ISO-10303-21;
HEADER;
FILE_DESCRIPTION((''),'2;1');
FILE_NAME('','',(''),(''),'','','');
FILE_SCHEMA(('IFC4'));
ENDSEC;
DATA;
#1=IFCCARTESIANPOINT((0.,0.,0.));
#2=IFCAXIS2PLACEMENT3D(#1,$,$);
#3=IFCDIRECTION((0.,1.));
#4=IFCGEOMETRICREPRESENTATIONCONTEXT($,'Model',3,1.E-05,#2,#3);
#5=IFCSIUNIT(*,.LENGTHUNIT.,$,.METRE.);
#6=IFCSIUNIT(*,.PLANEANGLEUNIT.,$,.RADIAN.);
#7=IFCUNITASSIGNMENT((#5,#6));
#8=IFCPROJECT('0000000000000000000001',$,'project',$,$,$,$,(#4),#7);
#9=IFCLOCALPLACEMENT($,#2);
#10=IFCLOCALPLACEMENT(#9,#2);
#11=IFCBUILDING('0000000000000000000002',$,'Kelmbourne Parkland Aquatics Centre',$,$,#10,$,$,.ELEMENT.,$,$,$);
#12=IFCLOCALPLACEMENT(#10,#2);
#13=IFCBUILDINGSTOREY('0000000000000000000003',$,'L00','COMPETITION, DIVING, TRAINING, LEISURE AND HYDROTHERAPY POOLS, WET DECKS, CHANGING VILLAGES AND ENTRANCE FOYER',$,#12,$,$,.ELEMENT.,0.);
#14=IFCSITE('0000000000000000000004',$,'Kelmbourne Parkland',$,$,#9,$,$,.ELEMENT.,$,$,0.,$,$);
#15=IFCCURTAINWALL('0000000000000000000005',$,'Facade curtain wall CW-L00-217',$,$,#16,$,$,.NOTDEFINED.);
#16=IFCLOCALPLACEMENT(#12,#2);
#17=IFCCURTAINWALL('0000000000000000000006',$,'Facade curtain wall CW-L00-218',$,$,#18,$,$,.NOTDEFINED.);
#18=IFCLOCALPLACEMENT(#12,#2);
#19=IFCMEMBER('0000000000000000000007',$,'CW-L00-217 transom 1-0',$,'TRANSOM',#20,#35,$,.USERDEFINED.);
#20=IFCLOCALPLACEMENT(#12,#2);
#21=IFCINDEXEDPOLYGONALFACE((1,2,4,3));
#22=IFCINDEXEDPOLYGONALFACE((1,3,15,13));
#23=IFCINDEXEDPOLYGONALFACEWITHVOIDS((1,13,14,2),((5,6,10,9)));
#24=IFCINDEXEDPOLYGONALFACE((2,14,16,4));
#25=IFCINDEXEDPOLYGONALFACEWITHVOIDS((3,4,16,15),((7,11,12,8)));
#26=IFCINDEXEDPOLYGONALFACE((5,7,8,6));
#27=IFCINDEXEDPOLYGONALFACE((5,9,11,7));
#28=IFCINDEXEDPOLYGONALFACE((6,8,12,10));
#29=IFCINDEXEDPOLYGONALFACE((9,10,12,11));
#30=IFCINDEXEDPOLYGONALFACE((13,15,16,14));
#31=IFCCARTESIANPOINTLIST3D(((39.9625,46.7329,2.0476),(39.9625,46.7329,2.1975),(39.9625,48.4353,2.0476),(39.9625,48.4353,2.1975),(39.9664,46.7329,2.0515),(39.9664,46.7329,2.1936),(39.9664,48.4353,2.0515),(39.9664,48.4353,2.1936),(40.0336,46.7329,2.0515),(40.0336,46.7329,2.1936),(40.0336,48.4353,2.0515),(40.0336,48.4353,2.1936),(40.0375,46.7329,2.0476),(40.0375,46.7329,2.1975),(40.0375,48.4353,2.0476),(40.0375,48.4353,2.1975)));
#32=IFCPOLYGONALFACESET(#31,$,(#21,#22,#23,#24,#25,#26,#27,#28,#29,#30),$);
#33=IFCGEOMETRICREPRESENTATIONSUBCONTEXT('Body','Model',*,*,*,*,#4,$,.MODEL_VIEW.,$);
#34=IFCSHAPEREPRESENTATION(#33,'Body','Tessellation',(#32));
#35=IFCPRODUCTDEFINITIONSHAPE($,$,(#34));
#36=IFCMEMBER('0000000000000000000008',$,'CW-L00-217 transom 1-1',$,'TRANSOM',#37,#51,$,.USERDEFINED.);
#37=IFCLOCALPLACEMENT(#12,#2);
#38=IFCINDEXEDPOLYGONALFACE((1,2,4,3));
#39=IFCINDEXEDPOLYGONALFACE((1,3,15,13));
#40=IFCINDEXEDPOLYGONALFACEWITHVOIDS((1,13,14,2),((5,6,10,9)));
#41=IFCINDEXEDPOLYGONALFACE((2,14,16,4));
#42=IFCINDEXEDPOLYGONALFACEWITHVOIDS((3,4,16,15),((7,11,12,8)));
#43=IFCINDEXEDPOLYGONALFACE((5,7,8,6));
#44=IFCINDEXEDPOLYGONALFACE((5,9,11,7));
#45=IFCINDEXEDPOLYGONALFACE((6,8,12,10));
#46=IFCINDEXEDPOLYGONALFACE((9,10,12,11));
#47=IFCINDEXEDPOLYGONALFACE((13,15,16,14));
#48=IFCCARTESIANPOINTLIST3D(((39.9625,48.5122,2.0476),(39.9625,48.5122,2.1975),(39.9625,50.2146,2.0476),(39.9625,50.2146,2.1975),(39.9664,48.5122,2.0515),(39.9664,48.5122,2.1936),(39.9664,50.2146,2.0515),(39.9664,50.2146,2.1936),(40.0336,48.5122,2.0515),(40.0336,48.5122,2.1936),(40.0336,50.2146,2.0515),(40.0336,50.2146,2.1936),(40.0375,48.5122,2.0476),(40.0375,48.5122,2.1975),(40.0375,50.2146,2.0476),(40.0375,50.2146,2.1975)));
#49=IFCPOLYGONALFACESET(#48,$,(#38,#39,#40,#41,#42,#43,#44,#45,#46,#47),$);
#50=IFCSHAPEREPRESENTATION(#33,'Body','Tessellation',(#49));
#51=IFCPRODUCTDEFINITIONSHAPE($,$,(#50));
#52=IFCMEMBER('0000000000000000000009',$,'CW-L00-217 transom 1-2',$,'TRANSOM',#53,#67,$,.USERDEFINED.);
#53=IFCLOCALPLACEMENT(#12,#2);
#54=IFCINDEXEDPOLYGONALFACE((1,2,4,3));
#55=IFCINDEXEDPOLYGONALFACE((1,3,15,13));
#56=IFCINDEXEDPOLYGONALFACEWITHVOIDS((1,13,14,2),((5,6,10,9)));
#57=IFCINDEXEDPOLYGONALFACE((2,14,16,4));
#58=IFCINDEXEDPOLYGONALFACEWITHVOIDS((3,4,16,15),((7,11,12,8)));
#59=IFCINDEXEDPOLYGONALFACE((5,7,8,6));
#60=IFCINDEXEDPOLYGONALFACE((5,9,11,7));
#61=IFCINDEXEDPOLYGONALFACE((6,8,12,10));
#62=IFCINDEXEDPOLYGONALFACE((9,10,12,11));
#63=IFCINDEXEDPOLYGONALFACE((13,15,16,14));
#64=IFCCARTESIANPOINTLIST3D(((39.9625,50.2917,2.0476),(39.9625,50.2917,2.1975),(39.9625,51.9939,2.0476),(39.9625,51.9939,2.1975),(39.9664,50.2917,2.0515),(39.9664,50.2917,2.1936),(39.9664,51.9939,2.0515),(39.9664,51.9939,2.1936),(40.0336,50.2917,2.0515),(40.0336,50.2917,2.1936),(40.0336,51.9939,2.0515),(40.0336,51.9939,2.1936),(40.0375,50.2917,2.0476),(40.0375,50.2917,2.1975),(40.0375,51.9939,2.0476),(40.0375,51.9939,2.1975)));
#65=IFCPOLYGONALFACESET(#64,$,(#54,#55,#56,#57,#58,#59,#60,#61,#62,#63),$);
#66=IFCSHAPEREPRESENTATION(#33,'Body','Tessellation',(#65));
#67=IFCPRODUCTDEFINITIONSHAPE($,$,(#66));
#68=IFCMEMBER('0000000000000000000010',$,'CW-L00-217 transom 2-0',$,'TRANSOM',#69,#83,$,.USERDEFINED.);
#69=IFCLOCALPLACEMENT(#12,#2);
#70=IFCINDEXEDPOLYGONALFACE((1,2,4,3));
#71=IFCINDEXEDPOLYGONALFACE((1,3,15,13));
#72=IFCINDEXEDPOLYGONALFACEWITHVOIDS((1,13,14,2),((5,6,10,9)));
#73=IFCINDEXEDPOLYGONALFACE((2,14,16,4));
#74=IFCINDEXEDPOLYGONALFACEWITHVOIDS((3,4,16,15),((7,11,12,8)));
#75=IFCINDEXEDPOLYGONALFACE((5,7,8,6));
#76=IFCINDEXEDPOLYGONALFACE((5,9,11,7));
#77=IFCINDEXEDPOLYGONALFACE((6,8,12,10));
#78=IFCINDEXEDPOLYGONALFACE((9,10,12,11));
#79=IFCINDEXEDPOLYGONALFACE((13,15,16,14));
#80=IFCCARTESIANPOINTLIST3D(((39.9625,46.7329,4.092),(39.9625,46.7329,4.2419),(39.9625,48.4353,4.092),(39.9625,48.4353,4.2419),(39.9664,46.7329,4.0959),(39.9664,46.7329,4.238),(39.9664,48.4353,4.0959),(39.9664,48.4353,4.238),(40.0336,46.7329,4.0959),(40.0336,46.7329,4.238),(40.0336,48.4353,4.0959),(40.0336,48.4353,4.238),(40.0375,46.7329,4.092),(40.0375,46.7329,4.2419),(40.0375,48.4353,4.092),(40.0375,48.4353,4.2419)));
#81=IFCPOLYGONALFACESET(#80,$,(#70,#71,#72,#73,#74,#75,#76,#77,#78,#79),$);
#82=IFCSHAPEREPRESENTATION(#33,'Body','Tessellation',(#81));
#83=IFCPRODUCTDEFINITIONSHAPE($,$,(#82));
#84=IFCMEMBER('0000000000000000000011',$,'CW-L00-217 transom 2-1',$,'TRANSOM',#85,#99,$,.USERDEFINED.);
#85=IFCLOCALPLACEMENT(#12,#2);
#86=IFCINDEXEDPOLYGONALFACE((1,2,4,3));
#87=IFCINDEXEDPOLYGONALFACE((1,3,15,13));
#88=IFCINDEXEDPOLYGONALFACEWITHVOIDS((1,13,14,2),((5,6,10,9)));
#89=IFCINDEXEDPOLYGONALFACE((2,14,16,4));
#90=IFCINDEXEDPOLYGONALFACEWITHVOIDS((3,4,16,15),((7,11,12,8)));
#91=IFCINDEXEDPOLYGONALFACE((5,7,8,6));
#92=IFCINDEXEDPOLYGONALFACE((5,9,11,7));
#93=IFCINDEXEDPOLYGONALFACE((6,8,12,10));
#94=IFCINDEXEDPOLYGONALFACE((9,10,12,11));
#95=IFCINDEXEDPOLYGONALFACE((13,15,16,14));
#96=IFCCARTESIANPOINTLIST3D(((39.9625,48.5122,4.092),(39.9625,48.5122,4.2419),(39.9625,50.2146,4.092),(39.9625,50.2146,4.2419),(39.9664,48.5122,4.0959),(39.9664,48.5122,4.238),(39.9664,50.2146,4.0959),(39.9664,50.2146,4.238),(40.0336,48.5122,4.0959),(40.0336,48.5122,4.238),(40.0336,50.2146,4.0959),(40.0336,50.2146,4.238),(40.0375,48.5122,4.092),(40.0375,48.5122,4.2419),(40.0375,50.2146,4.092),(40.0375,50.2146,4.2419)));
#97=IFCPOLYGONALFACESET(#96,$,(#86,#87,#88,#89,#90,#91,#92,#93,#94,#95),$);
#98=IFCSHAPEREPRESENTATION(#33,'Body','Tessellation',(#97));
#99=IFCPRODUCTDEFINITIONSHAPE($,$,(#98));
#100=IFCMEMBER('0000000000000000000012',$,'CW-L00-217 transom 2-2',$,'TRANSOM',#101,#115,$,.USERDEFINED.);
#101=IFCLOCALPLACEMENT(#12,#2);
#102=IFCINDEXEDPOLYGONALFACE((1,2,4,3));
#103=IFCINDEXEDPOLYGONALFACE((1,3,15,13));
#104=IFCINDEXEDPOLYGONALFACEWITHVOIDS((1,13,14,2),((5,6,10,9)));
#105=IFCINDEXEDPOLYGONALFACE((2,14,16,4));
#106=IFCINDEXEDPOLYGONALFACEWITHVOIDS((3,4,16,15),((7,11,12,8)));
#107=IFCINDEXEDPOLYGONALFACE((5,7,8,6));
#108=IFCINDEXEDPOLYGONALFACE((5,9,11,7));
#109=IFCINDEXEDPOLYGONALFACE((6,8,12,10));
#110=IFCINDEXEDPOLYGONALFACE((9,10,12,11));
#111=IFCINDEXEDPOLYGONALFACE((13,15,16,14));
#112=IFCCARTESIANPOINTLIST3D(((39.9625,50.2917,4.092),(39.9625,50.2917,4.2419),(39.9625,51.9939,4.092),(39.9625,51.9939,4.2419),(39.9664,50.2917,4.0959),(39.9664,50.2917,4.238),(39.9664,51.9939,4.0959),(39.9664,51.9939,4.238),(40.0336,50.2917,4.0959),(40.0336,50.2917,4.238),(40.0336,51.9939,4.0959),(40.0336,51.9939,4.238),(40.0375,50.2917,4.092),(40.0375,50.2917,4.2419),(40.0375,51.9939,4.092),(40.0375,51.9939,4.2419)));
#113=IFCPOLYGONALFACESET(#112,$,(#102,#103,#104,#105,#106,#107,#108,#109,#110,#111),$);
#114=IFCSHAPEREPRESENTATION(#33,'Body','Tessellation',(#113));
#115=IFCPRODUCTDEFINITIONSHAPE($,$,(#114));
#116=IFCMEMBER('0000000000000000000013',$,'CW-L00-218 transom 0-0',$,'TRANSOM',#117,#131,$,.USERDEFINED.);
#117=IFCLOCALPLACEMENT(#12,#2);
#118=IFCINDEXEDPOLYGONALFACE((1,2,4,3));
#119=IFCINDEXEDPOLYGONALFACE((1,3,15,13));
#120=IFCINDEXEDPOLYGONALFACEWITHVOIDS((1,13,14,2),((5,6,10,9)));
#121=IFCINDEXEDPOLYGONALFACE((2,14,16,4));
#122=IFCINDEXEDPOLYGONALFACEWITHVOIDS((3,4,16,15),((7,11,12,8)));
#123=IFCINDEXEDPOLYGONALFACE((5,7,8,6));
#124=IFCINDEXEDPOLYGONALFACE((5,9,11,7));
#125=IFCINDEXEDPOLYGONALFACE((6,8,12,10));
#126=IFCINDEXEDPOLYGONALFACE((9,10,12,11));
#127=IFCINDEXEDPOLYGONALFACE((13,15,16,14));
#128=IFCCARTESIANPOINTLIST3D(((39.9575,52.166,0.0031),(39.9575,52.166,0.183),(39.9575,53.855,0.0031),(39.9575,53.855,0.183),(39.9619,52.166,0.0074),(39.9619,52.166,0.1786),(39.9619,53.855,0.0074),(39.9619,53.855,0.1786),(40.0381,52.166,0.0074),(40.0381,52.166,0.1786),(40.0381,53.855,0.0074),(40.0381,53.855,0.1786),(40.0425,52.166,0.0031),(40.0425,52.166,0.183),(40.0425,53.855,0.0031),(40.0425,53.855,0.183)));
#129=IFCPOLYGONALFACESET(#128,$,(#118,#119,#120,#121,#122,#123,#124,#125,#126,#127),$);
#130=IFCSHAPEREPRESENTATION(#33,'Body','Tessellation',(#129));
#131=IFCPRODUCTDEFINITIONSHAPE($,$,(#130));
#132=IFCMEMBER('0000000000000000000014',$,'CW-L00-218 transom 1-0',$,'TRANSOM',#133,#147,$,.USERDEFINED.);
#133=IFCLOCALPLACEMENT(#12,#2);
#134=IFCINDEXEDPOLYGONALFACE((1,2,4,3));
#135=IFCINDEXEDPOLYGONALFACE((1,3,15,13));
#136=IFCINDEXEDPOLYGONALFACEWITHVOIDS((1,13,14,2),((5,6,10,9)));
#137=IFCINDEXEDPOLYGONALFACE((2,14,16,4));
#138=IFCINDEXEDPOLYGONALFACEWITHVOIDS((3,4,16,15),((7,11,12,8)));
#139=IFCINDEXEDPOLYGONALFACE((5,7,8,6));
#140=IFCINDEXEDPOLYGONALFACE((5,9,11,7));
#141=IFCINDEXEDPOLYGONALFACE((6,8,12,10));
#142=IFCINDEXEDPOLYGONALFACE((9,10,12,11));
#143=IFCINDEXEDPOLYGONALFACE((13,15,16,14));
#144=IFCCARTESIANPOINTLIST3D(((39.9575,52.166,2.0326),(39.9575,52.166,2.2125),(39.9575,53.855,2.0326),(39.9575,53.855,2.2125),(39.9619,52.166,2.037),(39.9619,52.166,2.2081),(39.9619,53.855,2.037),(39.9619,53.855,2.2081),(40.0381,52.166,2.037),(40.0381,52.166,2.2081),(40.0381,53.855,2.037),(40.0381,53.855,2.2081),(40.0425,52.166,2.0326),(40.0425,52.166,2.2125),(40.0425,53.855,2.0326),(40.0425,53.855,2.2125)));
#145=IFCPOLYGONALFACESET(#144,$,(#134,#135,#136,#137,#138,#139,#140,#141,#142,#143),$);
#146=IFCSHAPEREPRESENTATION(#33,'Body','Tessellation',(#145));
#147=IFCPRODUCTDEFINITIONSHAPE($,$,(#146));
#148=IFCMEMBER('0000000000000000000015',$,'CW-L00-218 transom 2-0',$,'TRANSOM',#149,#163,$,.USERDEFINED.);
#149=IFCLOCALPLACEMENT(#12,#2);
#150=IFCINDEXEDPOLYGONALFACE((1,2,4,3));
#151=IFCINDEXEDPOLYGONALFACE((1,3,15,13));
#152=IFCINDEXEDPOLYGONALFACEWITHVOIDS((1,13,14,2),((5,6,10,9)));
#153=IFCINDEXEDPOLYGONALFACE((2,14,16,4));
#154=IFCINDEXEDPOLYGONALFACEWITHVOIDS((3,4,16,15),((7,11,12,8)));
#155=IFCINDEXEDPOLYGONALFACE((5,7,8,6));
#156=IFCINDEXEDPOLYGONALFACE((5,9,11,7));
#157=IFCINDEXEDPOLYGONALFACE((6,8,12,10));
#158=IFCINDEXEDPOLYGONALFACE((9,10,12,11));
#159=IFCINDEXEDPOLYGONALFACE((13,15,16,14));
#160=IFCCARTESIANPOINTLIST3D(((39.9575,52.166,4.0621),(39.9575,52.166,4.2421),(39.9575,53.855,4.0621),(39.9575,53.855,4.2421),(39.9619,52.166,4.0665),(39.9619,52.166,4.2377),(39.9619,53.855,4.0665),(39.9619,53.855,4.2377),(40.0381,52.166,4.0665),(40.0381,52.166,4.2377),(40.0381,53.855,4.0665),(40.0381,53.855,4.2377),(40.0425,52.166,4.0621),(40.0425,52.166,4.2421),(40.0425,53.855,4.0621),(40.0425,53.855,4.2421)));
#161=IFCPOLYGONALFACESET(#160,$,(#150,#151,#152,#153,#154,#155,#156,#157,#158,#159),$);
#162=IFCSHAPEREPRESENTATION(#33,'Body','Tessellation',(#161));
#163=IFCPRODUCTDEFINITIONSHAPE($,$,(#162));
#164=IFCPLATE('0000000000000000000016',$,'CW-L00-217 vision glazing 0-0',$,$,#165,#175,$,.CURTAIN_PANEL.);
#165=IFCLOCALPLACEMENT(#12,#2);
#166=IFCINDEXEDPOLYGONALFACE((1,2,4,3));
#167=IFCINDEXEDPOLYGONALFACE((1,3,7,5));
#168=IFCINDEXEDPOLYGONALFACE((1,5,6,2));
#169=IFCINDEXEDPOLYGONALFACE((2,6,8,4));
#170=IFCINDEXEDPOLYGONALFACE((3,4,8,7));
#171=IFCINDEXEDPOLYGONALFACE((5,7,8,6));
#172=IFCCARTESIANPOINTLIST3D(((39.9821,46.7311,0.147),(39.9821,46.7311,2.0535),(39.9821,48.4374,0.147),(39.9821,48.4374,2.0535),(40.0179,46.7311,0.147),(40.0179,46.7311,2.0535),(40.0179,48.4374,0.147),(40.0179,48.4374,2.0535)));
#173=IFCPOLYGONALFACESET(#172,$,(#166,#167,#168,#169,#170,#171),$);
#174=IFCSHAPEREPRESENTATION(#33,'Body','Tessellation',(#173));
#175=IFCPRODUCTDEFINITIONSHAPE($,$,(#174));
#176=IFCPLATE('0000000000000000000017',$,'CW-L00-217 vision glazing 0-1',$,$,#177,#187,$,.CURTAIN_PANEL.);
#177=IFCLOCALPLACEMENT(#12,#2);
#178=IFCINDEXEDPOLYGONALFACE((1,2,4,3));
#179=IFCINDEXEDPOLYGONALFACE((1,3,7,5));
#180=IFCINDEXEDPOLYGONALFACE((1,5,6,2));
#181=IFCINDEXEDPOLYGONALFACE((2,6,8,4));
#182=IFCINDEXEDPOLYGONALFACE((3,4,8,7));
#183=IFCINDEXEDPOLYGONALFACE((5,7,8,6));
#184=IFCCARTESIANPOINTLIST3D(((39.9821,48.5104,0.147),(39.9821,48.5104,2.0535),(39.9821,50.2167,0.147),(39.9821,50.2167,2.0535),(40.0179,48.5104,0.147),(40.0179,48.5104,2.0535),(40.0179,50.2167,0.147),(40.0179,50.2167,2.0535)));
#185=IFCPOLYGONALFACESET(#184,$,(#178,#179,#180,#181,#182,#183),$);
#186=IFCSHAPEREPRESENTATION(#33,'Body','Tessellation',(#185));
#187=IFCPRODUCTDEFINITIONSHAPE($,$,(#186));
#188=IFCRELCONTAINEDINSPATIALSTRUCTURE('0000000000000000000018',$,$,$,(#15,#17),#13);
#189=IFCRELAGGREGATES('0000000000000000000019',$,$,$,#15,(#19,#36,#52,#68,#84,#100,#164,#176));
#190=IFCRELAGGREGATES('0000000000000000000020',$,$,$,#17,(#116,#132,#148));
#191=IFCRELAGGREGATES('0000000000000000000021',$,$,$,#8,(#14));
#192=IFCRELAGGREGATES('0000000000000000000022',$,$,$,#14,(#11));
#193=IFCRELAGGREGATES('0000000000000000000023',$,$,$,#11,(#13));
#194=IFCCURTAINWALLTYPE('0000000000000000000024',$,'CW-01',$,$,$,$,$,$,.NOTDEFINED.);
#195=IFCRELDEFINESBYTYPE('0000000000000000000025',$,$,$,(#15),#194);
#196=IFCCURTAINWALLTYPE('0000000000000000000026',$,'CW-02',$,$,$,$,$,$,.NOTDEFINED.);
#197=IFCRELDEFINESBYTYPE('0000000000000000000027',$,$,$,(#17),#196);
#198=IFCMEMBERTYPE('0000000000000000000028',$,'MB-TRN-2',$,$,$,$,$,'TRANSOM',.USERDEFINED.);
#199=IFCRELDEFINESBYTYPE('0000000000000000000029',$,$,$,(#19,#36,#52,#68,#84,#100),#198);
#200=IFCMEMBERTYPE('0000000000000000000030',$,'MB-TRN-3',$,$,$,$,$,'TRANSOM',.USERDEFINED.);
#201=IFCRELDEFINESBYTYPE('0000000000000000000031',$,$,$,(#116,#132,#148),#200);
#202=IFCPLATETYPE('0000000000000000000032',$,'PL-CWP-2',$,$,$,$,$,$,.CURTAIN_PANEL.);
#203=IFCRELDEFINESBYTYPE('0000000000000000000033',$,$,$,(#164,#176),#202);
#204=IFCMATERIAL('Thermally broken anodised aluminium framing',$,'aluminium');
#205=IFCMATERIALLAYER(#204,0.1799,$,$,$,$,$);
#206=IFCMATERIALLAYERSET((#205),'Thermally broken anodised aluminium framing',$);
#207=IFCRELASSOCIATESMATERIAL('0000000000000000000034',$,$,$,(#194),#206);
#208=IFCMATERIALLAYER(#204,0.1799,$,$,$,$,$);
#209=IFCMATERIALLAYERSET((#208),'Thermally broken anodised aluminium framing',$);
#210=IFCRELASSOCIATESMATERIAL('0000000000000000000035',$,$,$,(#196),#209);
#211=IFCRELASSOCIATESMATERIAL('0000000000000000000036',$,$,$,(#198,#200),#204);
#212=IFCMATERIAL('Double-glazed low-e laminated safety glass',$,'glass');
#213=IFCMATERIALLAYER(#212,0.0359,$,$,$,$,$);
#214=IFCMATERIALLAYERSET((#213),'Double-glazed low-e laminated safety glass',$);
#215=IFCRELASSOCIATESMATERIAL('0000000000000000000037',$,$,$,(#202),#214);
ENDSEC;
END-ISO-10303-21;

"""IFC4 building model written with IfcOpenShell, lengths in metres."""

from ifc_helpers import new_model, si_unit, direction, frame, origin, origin_2d, place, context, subcontext, project, spatial, rectangle, hollow_rectangle, extrude, material, layer, layer_set, material_profile, profile_set, type_object, element, aggregate, save


model = new_model("IFC4")

# Units and contexts
model_context = context("Model", 3, precision=1e-05, world=origin(), true_north=direction((0.0, 1.0)))
body_context = subcontext(model_context, "Body", "Model", "MODEL_VIEW")
ifc_project = project(units=[si_unit("LENGTHUNIT", "METRE"), si_unit("PLANEANGLEUNIT", "RADIAN")], contexts=[model_context])

# Site, building, storey
site_placement = place(None, origin())
site = spatial("IfcSite", under=ifc_project, at=site_placement, Name="Kelmbourne Parkland", CompositionType="ELEMENT", RefElevation=0.0)
building_placement = place(site_placement, origin())
building = spatial("IfcBuilding", under=site, at=building_placement, Name="Kelmbourne Parkland Aquatics Centre", CompositionType="ELEMENT")
storey_placement = place(building_placement, origin())
storey = spatial("IfcBuildingStorey", under=building, at=storey_placement, Name="L00", Description="COMPETITION, DIVING, TRAINING, LEISURE AND HYDROTHERAPY POOLS, WET DECKS, CHANGING VILLAGES AND ENTRANCE FOYER", CompositionType="ELEMENT", Elevation=0.0)

# Curtain wall
ifc_material_1 = material(Name="Thermally broken anodised aluminium framing", Category="aluminium")
ifc_layer_1 = layer(ifc_material_1, 0.1799)
ifc_layer_set_1 = layer_set([ifc_layer_1], Name="Thermally broken anodised aluminium framing")
curtain_wall_type_1 = type_object("IfcCurtainWallType", Name="CW-01", PredefinedType="NOTDEFINED", material=ifc_layer_set_1)
curtain_wall_1_placement = place(storey_placement, origin())
curtain_wall_1 = element("IfcCurtainWall", 1, at=curtain_wall_1_placement, inside=storey, type_object=curtain_wall_type_1, Name="Facade curtain wall CW-L00-217", PredefinedType="NOTDEFINED")

# Curtain wall
ifc_layer_2 = layer(ifc_material_1, 0.1799)
ifc_layer_set_2 = layer_set([ifc_layer_2], Name="Thermally broken anodised aluminium framing")
curtain_wall_type_2 = type_object("IfcCurtainWallType", Name="CW-02", PredefinedType="NOTDEFINED", material=ifc_layer_set_2)
curtain_wall_2_placement = place(storey_placement, origin())
curtain_wall_2 = element("IfcCurtainWall", 2, at=curtain_wall_2_placement, inside=storey, type_object=curtain_wall_type_2, Name="Facade curtain wall CW-L00-218", PredefinedType="NOTDEFINED")

# Members
ifc_material_profile_1 = material_profile(ifc_material_1, hollow_rectangle(XDim=0.075, YDim=0.1499, WallThickness=0.0039, at=origin_2d()), Name="CW-T 75x150")
ifc_profile_set_1 = profile_set([ifc_material_profile_1], Name="Thermally broken anodised aluminium framing")
member_type_1 = type_object("IfcMemberType", Name="MB-TRN-2", ElementType="TRANSOM", PredefinedType="USERDEFINED", material=ifc_profile_set_1)
member_1_placement = place(storey_placement, frame((40.0, 46.7329, 2.1226), z_axis=(0.0, 1.0, 0.0), x_axis=(-1.0, 0.0, 0.0)))
member_1 = element("IfcMember", 3, at=member_1_placement, type_object=member_type_1, Name="CW-L00-217 transom 1-0", ObjectType="TRANSOM", PredefinedType="USERDEFINED", context=body_context, shape_type="SweptSolid", body=[
    extrude(hollow_rectangle(XDim=0.075, YDim=0.1499, WallThickness=0.0039, at=origin_2d()), origin(), (0.0, 0.0, 1.0), 1.7024),
])
member_2_placement = place(storey_placement, frame((40.0, 48.5122, 2.1226), z_axis=(0.0, 1.0, 0.0), x_axis=(-1.0, 0.0, 0.0)))
member_2 = element("IfcMember", 4, at=member_2_placement, type_object=member_type_1, Name="CW-L00-217 transom 1-1", ObjectType="TRANSOM", PredefinedType="USERDEFINED", context=body_context, shape_type="SweptSolid", body=[
    extrude(hollow_rectangle(XDim=0.075, YDim=0.1499, WallThickness=0.0039, at=origin_2d()), origin(), (0.0, 0.0, 1.0), 1.7024),
])
member_3_placement = place(storey_placement, frame((40.0, 50.2917, 2.1226), z_axis=(0.0, 1.0, 0.0), x_axis=(-1.0, 0.0, 0.0)))
member_3 = element("IfcMember", 5, at=member_3_placement, type_object=member_type_1, Name="CW-L00-217 transom 1-2", ObjectType="TRANSOM", PredefinedType="USERDEFINED", context=body_context, shape_type="SweptSolid", body=[
    extrude(hollow_rectangle(XDim=0.075, YDim=0.1499, WallThickness=0.0039, at=origin_2d()), origin(), (0.0, 0.0, 1.0), 1.7021),
])
member_4_placement = place(storey_placement, frame((40.0, 46.7329, 4.167), z_axis=(0.0, 1.0, 0.0), x_axis=(-1.0, 0.0, 0.0)))
member_4 = element("IfcMember", 6, at=member_4_placement, type_object=member_type_1, Name="CW-L00-217 transom 2-0", ObjectType="TRANSOM", PredefinedType="USERDEFINED", context=body_context, shape_type="SweptSolid", body=[
    extrude(hollow_rectangle(XDim=0.075, YDim=0.1499, WallThickness=0.0039, at=origin_2d()), origin(), (0.0, 0.0, 1.0), 1.7024),
])
member_5_placement = place(storey_placement, frame((40.0, 48.5122, 4.167), z_axis=(0.0, 1.0, 0.0), x_axis=(-1.0, 0.0, 0.0)))
member_5 = element("IfcMember", 7, at=member_5_placement, type_object=member_type_1, Name="CW-L00-217 transom 2-1", ObjectType="TRANSOM", PredefinedType="USERDEFINED", context=body_context, shape_type="SweptSolid", body=[
    extrude(hollow_rectangle(XDim=0.075, YDim=0.1499, WallThickness=0.0039, at=origin_2d()), origin(), (0.0, 0.0, 1.0), 1.7024),
])
member_6_placement = place(storey_placement, frame((40.0, 50.2917, 4.167), z_axis=(0.0, 1.0, 0.0), x_axis=(-1.0, 0.0, 0.0)))
member_6 = element("IfcMember", 8, at=member_6_placement, type_object=member_type_1, Name="CW-L00-217 transom 2-2", ObjectType="TRANSOM", PredefinedType="USERDEFINED", context=body_context, shape_type="SweptSolid", body=[
    extrude(hollow_rectangle(XDim=0.075, YDim=0.1499, WallThickness=0.0039, at=origin_2d()), origin(), (0.0, 0.0, 1.0), 1.7021),
])
ifc_material_profile_2 = material_profile(ifc_material_1, hollow_rectangle(XDim=0.085, YDim=0.1799, WallThickness=0.0044, at=origin_2d()), Name="CW-T 85x180")
ifc_profile_set_2 = profile_set([ifc_material_profile_2], Name="Thermally broken anodised aluminium framing")
member_type_2 = type_object("IfcMemberType", Name="MB-TRN-3", ElementType="TRANSOM", PredefinedType="USERDEFINED", material=ifc_profile_set_2)
member_7_placement = place(storey_placement, frame((40.0, 52.166, 0.093), z_axis=(0.0, 1.0, 0.0), x_axis=(-1.0, 0.0, 0.0)))
member_7 = element("IfcMember", 9, at=member_7_placement, type_object=member_type_2, Name="CW-L00-218 transom 0-0", ObjectType="TRANSOM", PredefinedType="USERDEFINED", context=body_context, shape_type="SweptSolid", body=[
    extrude(hollow_rectangle(XDim=0.085, YDim=0.1799, WallThickness=0.0044, at=origin_2d()), origin(), (0.0, 0.0, 1.0), 1.689),
])
member_8_placement = place(storey_placement, frame((40.0, 52.166, 2.1226), z_axis=(0.0, 1.0, 0.0), x_axis=(-1.0, 0.0, 0.0)))
member_8 = element("IfcMember", 10, at=member_8_placement, type_object=member_type_2, Name="CW-L00-218 transom 1-0", ObjectType="TRANSOM", PredefinedType="USERDEFINED", context=body_context, shape_type="SweptSolid", body=[
    extrude(hollow_rectangle(XDim=0.085, YDim=0.1799, WallThickness=0.0044, at=origin_2d()), origin(), (0.0, 0.0, 1.0), 1.689),
])
member_9_placement = place(storey_placement, frame((40.0, 52.166, 4.1521), z_axis=(0.0, 1.0, 0.0), x_axis=(-1.0, 0.0, 0.0)))
member_9 = element("IfcMember", 11, at=member_9_placement, type_object=member_type_2, Name="CW-L00-218 transom 2-0", ObjectType="TRANSOM", PredefinedType="USERDEFINED", context=body_context, shape_type="SweptSolid", body=[
    extrude(hollow_rectangle(XDim=0.085, YDim=0.1799, WallThickness=0.0044, at=origin_2d()), origin(), (0.0, 0.0, 1.0), 1.689),
])

# Plates
ifc_material_2 = material(Name="Double-glazed low-e laminated safety glass", Category="glass")
ifc_layer_3 = layer(ifc_material_2, 0.0359)
ifc_layer_set_3 = layer_set([ifc_layer_3], Name="Double-glazed low-e laminated safety glass")
plate_type_1 = type_object("IfcPlateType", Name="PL-CWP-2", PredefinedType="CURTAIN_PANEL", material=ifc_layer_set_3)
plate_1_placement = place(storey_placement, frame((40.0, 47.5842, 0.147), z_axis=(0.0, 0.0, 1.0), x_axis=(0.0, 1.0, 0.0)))
plate_1 = element("IfcPlate", 12, at=plate_1_placement, type_object=plate_type_1, Name="CW-L00-217 vision glazing 0-0", PredefinedType="CURTAIN_PANEL", context=body_context, shape_type="SweptSolid", body=[
    extrude(rectangle(XDim=1.7063, YDim=0.0359, at=origin_2d()), origin(), (0.0, 0.0, 1.0), 1.9065),
])
plate_2_placement = place(storey_placement, frame((40.0, 49.3635, 0.147), z_axis=(0.0, 0.0, 1.0), x_axis=(0.0, 1.0, 0.0)))
plate_2 = element("IfcPlate", 13, at=plate_2_placement, type_object=plate_type_1, Name="CW-L00-217 vision glazing 0-1", PredefinedType="CURTAIN_PANEL", context=body_context, shape_type="SweptSolid", body=[
    extrude(rectangle(XDim=1.7063, YDim=0.0359, at=origin_2d()), origin(), (0.0, 0.0, 1.0), 1.9065),
])
aggregate(curtain_wall_1, [member_1, member_2, member_3, member_4, member_5, member_6, plate_1, plate_2])
aggregate(curtain_wall_2, [member_7, member_8, member_9])

save(model, "model.ifc")
